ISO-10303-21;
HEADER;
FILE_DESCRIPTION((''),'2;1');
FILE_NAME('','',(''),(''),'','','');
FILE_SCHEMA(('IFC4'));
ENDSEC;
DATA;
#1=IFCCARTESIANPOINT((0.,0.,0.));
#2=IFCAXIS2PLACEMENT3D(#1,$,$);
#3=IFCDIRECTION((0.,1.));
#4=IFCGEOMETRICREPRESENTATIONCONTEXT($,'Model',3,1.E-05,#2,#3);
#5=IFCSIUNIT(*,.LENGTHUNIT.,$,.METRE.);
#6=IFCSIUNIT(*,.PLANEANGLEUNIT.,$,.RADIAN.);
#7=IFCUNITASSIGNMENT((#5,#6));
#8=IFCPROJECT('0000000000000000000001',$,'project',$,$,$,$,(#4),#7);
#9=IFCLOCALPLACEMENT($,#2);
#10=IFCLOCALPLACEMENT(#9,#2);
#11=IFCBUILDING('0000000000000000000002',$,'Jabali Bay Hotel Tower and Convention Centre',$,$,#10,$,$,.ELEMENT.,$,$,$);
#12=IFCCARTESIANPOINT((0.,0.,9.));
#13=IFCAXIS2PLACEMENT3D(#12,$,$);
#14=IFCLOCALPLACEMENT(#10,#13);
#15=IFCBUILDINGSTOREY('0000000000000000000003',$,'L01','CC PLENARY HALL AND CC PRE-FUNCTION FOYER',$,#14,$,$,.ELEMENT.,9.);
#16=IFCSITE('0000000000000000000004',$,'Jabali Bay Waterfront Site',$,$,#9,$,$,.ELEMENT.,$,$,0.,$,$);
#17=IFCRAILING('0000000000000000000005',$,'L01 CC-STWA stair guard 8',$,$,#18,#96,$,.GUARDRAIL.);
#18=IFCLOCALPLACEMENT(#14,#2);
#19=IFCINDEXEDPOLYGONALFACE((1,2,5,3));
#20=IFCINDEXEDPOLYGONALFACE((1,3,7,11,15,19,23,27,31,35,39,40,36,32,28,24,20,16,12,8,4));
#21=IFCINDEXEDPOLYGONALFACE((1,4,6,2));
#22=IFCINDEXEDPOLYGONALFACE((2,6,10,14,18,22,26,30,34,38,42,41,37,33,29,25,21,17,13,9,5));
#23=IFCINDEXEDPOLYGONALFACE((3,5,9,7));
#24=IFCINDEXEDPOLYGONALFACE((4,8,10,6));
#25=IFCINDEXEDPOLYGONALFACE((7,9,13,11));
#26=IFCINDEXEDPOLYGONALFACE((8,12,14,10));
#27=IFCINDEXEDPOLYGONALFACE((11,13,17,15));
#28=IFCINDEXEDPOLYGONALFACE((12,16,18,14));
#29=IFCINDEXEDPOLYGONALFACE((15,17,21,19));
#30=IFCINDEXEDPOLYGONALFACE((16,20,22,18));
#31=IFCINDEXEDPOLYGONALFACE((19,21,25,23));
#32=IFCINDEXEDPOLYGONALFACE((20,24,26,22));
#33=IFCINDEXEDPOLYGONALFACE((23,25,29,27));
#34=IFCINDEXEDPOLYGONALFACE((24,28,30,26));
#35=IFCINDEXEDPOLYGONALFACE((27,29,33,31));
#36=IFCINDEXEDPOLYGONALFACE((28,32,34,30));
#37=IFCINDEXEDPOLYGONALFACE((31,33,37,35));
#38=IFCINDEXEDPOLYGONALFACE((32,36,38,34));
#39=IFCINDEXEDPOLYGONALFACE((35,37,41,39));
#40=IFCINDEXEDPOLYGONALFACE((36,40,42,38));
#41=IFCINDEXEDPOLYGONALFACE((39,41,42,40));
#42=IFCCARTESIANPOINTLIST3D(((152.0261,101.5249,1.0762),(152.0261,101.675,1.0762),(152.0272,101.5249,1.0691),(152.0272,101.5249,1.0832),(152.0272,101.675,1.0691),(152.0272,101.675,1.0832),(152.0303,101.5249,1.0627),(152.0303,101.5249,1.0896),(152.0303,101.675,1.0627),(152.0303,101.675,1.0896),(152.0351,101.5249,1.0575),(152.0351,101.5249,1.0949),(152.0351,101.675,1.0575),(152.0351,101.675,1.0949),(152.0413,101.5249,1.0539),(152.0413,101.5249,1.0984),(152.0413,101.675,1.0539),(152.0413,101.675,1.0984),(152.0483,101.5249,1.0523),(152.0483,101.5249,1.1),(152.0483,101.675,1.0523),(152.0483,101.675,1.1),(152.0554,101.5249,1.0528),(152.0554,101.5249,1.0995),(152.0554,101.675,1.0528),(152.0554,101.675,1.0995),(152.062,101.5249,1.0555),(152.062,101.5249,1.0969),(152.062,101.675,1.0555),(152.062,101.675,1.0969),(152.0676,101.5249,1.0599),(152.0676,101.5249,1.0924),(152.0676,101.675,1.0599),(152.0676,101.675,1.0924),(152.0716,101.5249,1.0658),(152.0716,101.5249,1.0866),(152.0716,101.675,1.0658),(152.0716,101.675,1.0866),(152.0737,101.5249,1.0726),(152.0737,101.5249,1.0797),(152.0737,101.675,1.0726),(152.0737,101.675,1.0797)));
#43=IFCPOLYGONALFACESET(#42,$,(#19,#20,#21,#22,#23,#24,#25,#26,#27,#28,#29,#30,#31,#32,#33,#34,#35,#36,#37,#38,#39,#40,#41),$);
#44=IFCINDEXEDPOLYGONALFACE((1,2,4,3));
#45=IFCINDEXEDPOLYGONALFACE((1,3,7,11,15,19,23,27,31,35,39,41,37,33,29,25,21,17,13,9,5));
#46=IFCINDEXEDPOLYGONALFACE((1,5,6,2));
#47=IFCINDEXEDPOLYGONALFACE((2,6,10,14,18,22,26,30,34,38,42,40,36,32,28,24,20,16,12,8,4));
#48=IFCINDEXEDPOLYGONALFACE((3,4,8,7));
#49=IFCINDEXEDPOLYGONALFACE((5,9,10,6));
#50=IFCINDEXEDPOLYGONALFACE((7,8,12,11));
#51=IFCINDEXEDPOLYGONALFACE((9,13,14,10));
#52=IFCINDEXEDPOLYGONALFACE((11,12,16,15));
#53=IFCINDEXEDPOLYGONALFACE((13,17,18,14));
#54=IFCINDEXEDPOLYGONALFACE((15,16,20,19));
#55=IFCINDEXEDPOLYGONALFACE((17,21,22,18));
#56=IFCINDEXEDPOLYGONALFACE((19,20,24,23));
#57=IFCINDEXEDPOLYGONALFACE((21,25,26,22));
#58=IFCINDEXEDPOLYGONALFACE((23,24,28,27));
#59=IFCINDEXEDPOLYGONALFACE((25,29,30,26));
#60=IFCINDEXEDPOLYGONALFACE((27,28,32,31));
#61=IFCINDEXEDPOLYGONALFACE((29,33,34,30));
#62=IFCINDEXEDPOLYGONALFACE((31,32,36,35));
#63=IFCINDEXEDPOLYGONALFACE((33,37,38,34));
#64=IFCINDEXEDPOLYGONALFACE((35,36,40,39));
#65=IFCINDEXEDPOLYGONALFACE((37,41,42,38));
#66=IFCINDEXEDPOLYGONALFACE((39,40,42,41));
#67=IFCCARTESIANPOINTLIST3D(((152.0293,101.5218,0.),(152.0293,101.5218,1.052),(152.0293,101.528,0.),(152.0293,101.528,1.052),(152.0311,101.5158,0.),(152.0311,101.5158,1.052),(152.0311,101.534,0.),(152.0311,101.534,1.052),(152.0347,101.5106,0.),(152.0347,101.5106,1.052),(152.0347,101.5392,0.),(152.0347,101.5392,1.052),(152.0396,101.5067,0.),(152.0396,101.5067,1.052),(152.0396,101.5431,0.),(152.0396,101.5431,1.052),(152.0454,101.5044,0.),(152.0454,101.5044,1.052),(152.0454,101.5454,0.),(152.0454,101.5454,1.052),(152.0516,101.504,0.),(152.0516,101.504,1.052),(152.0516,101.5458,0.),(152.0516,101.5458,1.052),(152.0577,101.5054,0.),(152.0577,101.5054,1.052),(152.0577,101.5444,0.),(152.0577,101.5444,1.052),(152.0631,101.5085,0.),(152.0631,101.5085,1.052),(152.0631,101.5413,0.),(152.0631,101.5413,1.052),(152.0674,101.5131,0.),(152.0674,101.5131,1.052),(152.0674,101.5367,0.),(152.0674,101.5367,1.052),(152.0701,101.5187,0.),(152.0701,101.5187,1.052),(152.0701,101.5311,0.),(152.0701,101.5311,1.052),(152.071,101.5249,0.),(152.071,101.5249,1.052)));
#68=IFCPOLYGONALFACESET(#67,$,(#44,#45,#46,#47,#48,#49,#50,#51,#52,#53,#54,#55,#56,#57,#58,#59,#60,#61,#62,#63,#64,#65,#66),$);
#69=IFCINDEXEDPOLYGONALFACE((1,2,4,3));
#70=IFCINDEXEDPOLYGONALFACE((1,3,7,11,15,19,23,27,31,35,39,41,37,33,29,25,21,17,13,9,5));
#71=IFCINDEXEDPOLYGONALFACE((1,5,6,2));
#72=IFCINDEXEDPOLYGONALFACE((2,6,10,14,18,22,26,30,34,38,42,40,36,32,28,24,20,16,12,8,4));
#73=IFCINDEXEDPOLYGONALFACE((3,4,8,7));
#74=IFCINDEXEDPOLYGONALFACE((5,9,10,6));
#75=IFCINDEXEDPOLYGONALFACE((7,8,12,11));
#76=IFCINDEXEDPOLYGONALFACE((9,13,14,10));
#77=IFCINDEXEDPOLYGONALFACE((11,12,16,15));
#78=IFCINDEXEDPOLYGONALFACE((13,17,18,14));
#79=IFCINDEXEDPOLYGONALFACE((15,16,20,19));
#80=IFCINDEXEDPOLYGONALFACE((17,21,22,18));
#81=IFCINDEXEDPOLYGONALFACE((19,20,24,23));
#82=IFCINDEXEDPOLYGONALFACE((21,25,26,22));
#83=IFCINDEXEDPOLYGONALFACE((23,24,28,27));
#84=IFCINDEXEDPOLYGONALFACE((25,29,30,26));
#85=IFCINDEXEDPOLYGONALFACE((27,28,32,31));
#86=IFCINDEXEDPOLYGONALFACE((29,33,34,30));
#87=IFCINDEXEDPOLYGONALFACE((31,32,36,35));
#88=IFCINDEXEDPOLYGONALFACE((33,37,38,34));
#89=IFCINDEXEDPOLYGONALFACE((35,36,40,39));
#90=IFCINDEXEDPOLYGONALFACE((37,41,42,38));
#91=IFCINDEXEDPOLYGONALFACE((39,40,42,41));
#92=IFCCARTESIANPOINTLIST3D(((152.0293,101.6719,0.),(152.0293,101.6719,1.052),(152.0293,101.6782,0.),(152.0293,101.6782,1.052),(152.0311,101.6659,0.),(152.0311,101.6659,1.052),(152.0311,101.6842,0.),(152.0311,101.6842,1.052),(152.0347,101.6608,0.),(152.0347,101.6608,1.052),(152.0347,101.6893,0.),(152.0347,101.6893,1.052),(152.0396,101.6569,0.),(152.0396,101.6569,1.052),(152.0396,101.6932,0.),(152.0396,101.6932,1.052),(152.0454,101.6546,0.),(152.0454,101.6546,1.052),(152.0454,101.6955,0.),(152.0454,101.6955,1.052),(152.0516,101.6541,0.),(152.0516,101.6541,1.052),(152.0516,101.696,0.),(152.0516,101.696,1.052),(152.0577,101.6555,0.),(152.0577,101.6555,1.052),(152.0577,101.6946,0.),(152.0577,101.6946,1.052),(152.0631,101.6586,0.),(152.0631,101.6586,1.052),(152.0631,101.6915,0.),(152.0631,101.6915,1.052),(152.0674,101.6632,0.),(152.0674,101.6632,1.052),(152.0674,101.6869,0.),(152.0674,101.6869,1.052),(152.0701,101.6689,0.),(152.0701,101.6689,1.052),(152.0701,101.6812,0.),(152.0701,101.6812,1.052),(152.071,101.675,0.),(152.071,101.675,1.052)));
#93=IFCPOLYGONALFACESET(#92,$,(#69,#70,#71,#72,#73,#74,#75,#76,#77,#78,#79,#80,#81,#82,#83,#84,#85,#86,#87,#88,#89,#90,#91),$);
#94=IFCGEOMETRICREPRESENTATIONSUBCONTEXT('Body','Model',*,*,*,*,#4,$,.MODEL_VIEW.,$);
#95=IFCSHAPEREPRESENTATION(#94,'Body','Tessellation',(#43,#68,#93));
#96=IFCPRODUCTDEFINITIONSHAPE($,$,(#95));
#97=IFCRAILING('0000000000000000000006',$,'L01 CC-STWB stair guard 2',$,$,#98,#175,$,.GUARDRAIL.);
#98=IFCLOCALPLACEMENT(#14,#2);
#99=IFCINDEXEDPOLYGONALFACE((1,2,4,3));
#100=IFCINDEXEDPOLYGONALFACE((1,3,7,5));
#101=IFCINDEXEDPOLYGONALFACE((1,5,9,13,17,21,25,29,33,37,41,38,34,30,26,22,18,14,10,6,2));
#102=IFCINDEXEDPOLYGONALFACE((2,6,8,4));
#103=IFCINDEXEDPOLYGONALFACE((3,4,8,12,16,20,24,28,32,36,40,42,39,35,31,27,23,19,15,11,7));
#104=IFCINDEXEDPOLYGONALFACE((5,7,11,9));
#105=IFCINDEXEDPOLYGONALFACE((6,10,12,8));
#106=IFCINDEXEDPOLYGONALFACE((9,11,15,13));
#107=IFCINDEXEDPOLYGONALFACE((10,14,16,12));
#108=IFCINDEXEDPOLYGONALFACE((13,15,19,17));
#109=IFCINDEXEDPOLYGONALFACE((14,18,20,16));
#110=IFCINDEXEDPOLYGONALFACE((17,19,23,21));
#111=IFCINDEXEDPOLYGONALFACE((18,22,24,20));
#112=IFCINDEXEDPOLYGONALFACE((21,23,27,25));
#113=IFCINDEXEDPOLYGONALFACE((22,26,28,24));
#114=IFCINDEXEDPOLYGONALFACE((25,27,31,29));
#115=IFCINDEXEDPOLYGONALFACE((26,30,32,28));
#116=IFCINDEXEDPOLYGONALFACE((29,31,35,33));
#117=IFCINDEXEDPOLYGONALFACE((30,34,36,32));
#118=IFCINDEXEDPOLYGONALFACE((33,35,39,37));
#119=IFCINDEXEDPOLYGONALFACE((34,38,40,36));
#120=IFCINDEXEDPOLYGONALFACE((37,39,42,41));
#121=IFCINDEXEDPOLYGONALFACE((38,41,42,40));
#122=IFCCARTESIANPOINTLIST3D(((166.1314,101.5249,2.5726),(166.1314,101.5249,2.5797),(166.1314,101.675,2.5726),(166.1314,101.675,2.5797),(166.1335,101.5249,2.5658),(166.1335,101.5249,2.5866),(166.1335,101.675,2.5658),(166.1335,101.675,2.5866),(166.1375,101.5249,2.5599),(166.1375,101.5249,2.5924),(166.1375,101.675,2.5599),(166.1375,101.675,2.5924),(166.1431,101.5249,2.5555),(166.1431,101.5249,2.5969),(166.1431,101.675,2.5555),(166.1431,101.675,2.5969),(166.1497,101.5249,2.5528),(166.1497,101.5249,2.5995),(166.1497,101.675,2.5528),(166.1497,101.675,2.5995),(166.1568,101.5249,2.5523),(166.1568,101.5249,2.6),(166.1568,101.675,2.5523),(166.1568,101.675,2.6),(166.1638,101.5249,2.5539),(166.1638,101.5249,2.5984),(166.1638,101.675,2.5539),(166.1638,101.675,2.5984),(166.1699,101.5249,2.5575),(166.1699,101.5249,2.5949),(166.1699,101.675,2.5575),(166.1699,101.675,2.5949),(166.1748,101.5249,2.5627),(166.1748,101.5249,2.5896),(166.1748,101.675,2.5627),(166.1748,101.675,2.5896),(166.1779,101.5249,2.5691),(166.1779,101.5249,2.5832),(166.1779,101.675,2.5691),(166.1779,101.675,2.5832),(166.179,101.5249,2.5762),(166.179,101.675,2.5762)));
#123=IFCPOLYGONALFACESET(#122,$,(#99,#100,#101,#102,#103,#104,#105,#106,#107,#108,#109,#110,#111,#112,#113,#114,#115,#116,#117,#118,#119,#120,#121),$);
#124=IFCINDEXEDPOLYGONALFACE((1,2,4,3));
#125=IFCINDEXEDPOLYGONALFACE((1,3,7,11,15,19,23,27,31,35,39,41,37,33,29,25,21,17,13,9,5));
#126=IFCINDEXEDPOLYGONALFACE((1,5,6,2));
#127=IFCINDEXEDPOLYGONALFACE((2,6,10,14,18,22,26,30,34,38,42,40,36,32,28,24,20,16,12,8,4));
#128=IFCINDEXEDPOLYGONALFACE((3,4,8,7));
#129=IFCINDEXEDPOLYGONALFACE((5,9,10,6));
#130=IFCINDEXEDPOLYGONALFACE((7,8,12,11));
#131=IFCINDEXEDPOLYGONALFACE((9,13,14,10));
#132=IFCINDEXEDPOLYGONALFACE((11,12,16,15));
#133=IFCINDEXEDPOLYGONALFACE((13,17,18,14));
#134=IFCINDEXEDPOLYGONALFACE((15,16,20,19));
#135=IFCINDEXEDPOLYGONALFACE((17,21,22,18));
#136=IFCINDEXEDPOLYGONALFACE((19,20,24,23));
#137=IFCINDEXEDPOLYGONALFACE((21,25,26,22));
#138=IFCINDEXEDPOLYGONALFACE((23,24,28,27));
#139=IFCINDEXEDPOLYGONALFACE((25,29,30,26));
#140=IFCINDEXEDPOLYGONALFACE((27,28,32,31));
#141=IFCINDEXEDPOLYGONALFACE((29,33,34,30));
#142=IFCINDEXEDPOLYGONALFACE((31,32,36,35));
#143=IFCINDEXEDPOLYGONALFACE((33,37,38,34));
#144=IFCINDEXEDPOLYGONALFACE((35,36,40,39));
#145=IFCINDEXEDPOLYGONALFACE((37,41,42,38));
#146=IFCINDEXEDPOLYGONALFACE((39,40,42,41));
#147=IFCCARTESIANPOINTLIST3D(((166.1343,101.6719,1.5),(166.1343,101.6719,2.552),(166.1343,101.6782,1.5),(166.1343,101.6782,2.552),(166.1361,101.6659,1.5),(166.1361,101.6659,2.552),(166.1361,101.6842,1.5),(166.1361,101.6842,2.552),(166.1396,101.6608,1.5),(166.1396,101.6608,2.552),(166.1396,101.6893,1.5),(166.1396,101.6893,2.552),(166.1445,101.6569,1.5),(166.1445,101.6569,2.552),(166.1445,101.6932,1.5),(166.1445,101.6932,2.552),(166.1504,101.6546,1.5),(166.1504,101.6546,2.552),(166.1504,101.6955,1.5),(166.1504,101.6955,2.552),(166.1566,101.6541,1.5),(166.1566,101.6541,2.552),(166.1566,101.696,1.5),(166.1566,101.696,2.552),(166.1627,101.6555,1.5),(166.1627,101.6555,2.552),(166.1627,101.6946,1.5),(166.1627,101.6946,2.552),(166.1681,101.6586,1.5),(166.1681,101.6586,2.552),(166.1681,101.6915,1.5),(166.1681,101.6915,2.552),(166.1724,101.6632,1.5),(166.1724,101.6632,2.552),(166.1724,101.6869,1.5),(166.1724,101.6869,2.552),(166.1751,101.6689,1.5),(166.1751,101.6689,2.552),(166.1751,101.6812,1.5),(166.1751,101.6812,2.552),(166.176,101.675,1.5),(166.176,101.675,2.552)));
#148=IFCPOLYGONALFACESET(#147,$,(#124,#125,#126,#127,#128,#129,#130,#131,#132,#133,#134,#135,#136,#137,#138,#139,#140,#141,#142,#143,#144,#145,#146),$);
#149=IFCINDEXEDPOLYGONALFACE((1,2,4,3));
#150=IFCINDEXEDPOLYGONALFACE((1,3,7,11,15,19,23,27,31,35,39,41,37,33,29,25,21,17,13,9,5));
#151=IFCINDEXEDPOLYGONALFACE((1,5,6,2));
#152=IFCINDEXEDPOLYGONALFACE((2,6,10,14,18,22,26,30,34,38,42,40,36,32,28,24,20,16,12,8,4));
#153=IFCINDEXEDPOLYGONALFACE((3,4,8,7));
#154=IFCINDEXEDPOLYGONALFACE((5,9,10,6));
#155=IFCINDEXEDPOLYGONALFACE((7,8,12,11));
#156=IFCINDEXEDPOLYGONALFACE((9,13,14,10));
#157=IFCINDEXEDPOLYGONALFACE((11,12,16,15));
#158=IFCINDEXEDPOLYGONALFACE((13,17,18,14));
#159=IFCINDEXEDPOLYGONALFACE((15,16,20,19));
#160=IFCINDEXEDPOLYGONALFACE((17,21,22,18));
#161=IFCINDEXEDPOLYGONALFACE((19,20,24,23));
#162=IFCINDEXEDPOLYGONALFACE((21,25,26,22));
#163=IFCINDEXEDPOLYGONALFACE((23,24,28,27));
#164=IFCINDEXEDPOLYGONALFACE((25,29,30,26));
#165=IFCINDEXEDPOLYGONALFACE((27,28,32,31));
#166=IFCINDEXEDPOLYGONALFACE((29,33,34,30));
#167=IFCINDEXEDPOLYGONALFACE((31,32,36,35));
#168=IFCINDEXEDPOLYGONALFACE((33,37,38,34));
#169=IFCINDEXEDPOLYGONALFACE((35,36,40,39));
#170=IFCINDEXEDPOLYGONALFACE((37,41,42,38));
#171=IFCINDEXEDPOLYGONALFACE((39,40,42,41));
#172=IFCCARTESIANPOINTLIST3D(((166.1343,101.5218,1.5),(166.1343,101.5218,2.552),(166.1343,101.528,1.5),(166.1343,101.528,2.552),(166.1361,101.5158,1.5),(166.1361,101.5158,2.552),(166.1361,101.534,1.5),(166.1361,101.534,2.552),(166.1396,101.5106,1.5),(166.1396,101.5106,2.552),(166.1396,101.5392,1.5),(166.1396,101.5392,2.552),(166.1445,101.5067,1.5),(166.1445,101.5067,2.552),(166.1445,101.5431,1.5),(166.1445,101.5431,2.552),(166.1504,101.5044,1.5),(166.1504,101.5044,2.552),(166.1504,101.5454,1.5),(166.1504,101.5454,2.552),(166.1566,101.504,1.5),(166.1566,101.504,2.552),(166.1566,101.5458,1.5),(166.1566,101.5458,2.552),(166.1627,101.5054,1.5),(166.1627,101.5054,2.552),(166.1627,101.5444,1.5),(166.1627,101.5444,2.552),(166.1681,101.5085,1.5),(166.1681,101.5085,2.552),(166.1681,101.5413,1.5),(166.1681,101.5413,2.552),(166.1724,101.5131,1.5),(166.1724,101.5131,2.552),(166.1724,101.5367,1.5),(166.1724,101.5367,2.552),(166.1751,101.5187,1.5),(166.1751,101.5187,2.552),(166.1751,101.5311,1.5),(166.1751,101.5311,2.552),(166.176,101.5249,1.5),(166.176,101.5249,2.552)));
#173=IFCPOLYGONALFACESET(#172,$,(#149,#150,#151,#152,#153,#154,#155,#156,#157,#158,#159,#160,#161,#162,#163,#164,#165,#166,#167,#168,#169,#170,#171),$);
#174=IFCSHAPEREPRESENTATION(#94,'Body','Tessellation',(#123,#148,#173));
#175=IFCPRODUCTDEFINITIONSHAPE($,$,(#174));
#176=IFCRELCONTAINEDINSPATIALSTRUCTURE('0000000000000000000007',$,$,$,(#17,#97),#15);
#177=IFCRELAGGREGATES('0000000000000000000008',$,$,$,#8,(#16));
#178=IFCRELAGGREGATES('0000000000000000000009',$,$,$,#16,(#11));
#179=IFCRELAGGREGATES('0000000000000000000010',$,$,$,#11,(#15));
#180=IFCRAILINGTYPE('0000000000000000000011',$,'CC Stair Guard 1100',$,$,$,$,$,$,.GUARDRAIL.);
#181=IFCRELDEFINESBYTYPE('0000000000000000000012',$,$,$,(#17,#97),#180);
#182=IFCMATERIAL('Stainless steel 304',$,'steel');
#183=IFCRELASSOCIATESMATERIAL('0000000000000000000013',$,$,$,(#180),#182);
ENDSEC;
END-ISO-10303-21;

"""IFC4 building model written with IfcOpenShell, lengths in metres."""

from ifc_helpers import new_model, si_unit, direction, frame, origin, origin_2d, place, context, subcontext, project, spatial, circle, extrude, material, type_object, element, save


model = new_model("IFC4")

# Units and contexts
model_context = context("Model", 3, precision=1e-05, world=origin(), true_north=direction((0.0, 1.0)))
body_context = subcontext(model_context, "Body", "Model", "MODEL_VIEW")
ifc_project = project(units=[si_unit("LENGTHUNIT", "METRE"), si_unit("PLANEANGLEUNIT", "RADIAN")], contexts=[model_context])

# Site, building, storey
site_placement = place(None, origin())
site = spatial("IfcSite", under=ifc_project, at=site_placement, Name="Jabali Bay Waterfront Site", CompositionType="ELEMENT", RefElevation=0.0)
building_placement = place(site_placement, origin())
building = spatial("IfcBuilding", under=site, at=building_placement, Name="Jabali Bay Hotel Tower and Convention Centre", CompositionType="ELEMENT")
storey_placement = place(building_placement, frame((0.0, 0.0, 9.0)))
storey = spatial("IfcBuildingStorey", under=building, at=storey_placement, Name="L01", Description="CC PLENARY HALL AND CC PRE-FUNCTION FOYER", CompositionType="ELEMENT", Elevation=9.0)

# Railings
ifc_material_1 = material(Name="Stainless steel 304", Category="steel")
railing_type_1 = type_object("IfcRailingType", Name="CC Stair Guard 1100", PredefinedType="GUARDRAIL", material=ifc_material_1)
railing_1_placement = place(storey_placement, frame((152.05, 101.5249, 0.0)))
element("IfcRailing", 1, at=railing_1_placement, inside=storey, type_object=railing_type_1, Name="L01 CC-STWA stair guard 8", PredefinedType="GUARDRAIL", context=body_context, shape_type="SweptSolid", body=[
    extrude(circle(Radius=0.0239, at=origin_2d()), frame((0.0, 0.0, 1.0762), z_axis=(0.0, 1.0, 0.0), x_axis=(-1.0, 0.0, 0.0)), (0.0, 0.0, 1.0), 0.1501),
    extrude(circle(Radius=0.021, at=origin_2d()), origin(), (0.0, 0.0, 1.0), 1.052),
    extrude(circle(Radius=0.021, at=origin_2d()), frame((0.0, 0.1501, 0.0)), (0.0, 0.0, 1.0), 1.052),
])
for number, where, name in (
    (2, (166.155, 101.675, 1.5), "L01 CC-STWB stair guard 2"),
):
    element("IfcRailing", number, at=place(storey_placement, frame(where)), inside=storey, type_object=railing_type_1, Name=name, PredefinedType="GUARDRAIL", context=body_context, shape_type="SweptSolid", body=[
        extrude(circle(Radius=0.0239, at=origin_2d()), frame((0.0, 0.0, 1.0762), z_axis=(0.0, -1.0, 0.0), x_axis=(1.0, 0.0, 0.0)), (0.0, 0.0, 1.0), 0.1501),
        extrude(circle(Radius=0.021, at=origin_2d()), origin(), (0.0, 0.0, 1.0), 1.052),
        extrude(circle(Radius=0.021, at=origin_2d()), frame((0.0, -0.1501, 0.0)), (0.0, 0.0, 1.0), 1.052),
    ])

save(model, "model.ifc")
